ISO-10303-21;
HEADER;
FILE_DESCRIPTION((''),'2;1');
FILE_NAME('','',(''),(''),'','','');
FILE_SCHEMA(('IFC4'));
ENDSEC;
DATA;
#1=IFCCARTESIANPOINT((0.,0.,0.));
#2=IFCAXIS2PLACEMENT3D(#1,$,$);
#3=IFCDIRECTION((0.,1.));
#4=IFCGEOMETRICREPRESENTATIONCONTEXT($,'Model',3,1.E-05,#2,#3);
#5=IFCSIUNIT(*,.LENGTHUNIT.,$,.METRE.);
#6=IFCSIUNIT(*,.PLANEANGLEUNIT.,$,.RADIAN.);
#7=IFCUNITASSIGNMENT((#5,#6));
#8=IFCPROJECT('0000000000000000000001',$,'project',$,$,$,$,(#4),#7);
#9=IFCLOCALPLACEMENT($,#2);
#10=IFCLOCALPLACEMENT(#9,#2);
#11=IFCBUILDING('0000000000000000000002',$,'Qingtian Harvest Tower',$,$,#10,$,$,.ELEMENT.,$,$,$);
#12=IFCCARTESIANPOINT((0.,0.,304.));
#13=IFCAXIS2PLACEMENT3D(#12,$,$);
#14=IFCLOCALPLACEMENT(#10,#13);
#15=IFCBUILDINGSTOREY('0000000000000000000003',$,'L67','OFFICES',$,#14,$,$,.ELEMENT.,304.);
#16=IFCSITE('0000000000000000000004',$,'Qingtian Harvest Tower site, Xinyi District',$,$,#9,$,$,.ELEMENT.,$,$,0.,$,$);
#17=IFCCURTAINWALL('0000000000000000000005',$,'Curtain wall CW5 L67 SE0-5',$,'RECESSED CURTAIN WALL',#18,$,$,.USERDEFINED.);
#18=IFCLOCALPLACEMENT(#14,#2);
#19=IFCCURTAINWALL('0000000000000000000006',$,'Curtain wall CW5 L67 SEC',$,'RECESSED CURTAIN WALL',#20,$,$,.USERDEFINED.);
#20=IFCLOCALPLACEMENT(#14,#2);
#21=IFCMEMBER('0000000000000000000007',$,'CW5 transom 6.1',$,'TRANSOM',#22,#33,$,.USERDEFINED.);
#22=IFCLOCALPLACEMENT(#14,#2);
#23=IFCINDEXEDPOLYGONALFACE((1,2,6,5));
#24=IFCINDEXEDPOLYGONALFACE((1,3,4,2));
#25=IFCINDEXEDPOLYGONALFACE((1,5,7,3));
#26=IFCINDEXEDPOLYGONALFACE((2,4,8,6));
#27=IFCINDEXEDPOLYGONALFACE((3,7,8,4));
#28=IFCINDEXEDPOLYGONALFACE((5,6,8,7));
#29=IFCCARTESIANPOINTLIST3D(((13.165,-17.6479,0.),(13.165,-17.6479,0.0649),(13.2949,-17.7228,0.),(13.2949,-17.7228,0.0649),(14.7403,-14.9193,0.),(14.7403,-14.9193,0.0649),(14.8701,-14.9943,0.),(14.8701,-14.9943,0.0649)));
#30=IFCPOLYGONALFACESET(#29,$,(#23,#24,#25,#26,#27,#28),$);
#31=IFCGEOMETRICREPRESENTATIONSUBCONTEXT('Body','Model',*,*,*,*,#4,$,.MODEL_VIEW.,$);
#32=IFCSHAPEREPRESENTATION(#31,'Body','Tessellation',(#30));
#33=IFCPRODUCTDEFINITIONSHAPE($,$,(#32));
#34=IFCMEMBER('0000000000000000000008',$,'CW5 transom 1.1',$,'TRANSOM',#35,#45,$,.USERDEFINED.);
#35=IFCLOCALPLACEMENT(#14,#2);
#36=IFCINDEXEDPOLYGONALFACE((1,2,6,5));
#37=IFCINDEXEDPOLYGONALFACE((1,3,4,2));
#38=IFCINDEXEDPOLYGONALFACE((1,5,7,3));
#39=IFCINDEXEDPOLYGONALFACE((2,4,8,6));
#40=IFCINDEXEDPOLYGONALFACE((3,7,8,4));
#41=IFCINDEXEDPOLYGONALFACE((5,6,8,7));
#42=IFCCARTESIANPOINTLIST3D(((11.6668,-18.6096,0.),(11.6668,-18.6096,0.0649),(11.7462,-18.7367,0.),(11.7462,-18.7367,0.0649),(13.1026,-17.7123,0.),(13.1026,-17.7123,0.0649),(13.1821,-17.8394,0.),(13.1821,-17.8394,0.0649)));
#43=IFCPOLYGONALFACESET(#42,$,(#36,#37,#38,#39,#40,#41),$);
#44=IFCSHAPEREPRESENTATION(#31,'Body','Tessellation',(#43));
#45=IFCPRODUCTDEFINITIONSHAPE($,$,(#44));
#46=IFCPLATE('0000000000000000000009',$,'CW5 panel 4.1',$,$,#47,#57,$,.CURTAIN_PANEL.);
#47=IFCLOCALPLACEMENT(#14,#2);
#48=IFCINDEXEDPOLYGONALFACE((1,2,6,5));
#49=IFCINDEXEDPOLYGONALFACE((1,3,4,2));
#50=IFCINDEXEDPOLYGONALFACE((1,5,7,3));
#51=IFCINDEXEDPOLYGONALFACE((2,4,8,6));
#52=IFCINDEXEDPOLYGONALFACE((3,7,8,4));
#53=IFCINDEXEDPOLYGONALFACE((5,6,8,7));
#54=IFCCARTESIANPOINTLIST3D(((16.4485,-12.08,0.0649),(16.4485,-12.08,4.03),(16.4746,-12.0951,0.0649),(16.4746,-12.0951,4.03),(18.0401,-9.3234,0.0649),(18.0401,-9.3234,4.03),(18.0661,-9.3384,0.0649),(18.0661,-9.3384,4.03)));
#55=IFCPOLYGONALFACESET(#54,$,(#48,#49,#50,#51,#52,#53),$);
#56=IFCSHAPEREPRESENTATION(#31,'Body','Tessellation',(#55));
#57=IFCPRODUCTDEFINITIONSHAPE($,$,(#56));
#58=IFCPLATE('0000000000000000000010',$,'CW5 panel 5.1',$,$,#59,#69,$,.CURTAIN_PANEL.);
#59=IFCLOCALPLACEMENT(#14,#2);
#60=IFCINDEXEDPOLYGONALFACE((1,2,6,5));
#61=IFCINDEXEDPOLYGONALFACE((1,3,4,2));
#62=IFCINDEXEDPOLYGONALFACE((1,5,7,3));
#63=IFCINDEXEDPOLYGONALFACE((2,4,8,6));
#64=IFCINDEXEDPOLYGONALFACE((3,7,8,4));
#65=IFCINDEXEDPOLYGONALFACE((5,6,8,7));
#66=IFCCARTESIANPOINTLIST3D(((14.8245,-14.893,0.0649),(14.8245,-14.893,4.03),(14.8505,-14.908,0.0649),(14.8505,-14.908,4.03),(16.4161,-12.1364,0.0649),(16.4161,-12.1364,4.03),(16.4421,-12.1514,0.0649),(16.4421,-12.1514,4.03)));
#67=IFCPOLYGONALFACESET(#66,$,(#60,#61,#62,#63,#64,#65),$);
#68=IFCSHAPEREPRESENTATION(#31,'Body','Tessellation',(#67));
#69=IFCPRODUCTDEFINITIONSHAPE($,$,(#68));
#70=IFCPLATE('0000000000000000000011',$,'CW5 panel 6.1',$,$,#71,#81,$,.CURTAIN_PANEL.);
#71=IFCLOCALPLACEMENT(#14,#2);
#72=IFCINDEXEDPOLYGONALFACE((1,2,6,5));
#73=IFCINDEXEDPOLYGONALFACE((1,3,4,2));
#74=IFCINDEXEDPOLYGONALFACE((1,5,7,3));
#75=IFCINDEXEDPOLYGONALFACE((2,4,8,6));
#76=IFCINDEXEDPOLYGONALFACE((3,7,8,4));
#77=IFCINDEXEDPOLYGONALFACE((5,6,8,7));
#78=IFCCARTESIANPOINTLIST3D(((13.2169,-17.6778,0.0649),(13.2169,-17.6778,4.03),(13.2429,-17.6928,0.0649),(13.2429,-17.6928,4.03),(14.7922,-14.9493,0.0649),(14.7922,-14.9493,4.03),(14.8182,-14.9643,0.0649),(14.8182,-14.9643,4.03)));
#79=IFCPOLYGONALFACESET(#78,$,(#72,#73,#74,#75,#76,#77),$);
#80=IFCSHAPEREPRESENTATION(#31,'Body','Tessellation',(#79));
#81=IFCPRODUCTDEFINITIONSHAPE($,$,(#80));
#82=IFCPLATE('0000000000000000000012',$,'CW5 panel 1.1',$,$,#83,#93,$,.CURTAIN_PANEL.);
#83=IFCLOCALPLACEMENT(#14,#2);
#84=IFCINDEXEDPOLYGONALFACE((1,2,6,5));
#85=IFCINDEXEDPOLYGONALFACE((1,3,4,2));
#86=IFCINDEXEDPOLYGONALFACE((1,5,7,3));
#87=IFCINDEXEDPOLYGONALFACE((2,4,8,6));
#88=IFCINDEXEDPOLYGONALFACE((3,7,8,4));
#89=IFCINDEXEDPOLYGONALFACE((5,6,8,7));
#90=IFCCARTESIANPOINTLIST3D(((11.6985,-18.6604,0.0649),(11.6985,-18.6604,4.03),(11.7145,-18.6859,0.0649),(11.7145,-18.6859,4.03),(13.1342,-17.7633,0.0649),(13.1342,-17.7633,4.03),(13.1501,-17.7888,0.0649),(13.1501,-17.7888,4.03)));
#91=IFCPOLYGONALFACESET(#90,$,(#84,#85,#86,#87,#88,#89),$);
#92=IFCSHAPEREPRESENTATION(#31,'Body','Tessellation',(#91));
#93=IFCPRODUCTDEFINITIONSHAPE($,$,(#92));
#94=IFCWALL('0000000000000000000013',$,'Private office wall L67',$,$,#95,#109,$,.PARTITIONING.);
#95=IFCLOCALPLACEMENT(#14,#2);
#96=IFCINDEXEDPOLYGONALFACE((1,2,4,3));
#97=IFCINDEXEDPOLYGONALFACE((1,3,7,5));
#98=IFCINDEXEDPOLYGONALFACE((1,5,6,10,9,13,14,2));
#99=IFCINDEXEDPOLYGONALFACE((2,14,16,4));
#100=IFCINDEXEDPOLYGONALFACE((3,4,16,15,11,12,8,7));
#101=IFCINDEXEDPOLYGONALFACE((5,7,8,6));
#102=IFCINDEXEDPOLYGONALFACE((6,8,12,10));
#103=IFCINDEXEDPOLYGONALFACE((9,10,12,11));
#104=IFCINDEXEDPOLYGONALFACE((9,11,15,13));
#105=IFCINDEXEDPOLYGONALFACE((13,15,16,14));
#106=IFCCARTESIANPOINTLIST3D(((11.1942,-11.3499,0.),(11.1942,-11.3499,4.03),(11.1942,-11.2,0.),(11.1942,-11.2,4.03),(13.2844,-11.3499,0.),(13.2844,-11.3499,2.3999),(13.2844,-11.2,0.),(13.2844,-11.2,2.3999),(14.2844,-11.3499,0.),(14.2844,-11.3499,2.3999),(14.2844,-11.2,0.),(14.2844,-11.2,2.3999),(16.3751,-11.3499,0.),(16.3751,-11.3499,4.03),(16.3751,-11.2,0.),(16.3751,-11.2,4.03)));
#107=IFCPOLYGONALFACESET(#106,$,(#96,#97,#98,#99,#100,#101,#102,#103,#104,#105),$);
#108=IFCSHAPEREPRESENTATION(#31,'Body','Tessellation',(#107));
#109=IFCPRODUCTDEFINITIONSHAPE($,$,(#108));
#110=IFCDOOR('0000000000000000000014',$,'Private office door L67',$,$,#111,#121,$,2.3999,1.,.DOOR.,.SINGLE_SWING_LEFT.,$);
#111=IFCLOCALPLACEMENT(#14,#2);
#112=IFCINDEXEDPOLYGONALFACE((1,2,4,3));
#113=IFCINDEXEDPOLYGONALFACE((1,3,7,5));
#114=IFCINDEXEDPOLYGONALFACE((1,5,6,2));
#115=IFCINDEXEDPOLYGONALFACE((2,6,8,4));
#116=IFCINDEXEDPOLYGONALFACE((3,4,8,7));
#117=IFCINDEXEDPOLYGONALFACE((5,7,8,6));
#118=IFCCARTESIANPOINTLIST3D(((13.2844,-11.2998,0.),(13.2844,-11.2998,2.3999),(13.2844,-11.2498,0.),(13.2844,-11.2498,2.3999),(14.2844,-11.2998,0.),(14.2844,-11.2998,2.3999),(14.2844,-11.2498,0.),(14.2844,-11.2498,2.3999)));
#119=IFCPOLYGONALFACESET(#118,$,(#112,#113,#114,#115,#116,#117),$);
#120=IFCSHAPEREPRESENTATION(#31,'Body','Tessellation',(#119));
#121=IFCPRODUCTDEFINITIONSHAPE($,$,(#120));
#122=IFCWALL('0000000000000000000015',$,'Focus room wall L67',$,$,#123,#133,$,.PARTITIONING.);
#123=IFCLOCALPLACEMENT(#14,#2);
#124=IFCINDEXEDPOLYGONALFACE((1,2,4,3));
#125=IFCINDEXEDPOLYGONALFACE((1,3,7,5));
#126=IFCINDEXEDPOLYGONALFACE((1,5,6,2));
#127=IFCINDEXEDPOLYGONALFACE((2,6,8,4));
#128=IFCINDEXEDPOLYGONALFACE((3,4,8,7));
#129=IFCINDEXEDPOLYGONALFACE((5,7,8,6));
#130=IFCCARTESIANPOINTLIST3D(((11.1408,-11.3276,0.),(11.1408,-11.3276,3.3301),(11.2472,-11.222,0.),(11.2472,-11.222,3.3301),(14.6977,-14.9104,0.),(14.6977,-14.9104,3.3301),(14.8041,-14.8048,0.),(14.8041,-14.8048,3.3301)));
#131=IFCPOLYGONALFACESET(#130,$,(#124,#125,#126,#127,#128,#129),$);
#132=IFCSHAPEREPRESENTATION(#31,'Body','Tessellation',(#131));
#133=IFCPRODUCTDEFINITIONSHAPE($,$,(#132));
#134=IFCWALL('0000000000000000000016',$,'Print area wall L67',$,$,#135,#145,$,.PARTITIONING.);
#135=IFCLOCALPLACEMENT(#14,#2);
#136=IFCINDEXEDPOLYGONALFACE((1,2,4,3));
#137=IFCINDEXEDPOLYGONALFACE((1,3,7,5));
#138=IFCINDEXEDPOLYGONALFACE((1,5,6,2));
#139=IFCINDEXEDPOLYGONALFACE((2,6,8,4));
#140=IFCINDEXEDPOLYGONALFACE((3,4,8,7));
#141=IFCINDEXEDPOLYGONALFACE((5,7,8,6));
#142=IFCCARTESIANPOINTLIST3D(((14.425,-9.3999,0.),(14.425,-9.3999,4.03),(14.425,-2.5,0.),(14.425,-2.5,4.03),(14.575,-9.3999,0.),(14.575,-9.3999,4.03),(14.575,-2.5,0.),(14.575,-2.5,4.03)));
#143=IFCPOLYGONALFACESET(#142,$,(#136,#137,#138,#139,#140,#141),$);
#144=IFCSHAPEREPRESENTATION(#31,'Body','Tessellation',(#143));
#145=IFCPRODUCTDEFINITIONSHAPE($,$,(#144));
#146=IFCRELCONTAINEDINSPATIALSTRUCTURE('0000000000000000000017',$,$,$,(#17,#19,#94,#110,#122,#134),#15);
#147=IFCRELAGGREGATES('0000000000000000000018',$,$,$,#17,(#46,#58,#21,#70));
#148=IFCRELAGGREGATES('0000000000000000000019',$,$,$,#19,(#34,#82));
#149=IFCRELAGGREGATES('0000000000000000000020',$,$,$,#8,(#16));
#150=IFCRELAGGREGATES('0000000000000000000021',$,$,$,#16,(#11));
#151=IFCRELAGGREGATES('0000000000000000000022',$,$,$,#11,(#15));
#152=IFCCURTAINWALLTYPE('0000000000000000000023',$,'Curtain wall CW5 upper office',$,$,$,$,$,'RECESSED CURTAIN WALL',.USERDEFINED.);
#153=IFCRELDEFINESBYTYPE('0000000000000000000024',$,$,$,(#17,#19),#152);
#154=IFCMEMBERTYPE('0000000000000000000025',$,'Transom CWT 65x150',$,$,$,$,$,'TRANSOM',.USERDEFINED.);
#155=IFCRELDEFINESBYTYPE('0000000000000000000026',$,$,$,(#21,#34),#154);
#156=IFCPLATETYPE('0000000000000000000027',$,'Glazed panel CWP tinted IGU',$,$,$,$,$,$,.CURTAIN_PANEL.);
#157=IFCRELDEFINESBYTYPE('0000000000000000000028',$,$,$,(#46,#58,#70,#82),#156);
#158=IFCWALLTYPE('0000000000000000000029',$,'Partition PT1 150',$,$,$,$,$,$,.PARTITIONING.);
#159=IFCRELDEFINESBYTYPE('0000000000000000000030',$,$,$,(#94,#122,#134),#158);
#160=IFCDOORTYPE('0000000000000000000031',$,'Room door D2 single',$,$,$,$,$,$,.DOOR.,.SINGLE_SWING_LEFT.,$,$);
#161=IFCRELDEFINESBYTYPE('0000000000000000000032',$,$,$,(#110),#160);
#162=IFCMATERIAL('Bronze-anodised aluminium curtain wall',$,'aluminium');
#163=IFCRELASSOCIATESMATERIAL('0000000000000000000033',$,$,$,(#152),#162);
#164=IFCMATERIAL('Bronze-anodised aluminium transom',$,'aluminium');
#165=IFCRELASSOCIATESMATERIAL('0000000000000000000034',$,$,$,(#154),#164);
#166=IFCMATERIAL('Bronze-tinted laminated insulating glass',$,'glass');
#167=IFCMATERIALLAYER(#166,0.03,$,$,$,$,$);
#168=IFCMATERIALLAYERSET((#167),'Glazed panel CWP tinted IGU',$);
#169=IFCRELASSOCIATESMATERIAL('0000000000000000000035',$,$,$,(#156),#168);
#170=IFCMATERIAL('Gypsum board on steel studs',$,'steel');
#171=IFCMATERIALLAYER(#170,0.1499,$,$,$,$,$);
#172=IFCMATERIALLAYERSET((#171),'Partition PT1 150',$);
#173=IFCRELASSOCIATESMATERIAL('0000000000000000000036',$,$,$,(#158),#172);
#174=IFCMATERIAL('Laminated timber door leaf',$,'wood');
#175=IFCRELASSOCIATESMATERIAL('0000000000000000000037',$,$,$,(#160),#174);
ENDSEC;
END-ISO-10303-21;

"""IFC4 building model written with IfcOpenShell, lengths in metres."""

from ifc_helpers import new_model, si_unit, direction, frame, frame_2d, origin, origin_2d, place, context, subcontext, project, spatial, rectangle, extrude, material, layer, layer_set, material_profile, profile_set, type_object, element, fill, aggregate, save


model = new_model("IFC4")

# Units and contexts
model_context = context("Model", 3, precision=1e-05, world=origin(), true_north=direction((0.0, 1.0)))
body_context = subcontext(model_context, "Body", "Model", "MODEL_VIEW")
ifc_project = project(units=[si_unit("LENGTHUNIT", "METRE"), si_unit("PLANEANGLEUNIT", "RADIAN")], contexts=[model_context])

# Site, building, storey
site_placement = place(None, origin())
site = spatial("IfcSite", under=ifc_project, at=site_placement, Name="Qingtian Harvest Tower site, Xinyi District", CompositionType="ELEMENT", RefElevation=0.0)
building_placement = place(site_placement, origin())
building = spatial("IfcBuilding", under=site, at=building_placement, Name="Qingtian Harvest Tower", CompositionType="ELEMENT")
storey_placement = place(building_placement, frame((0.0, 0.0, 304.0)))
storey = spatial("IfcBuildingStorey", under=building, at=storey_placement, Name="L67", Description="OFFICES", CompositionType="ELEMENT", Elevation=304.0)

# Curtain wall
ifc_material_1 = material(Name="Bronze-anodised aluminium curtain wall", Category="aluminium")
curtain_wall_type = type_object("IfcCurtainWallType", Name="Curtain wall CW5 upper office", ElementType="RECESSED CURTAIN WALL", PredefinedType="USERDEFINED", material=ifc_material_1)
curtain_wall_1_placement = place(storey_placement, origin())
curtain_wall_1 = element("IfcCurtainWall", 1, at=curtain_wall_1_placement, inside=storey, type_object=curtain_wall_type, Name="Curtain wall CW5 L67 SE0-5", ObjectType="RECESSED CURTAIN WALL", PredefinedType="USERDEFINED")

# Curtain wall
curtain_wall_2_placement = place(storey_placement, origin())
curtain_wall_2 = element("IfcCurtainWall", 2, at=curtain_wall_2_placement, inside=storey, type_object=curtain_wall_type, Name="Curtain wall CW5 L67 SEC", ObjectType="RECESSED CURTAIN WALL", PredefinedType="USERDEFINED")

# Members
ifc_material_2 = material(Name="Bronze-anodised aluminium transom", Category="aluminium")
ifc_material_profile_1 = material_profile(ifc_material_2, rectangle(XDim=0.1499, YDim=0.0649, at=origin_2d()), Name="AL 65x150")
ifc_profile_set_1 = profile_set([ifc_material_profile_1], Name="Bronze-anodised aluminium transom")
member_type_1 = type_object("IfcMemberType", Name="Transom CWT 65x150", ElementType="TRANSOM", PredefinedType="USERDEFINED", material=ifc_profile_set_1)
member_1_placement = place(storey_placement, frame((14.8052, -14.9568, 0.0325), z_axis=(-0.499973, -0.866041, 0.0), x_axis=(0.866041, -0.499973, 0.0)))
member_1 = element("IfcMember", 3, at=member_1_placement, type_object=member_type_1, Name="CW5 transom 6.1", ObjectType="TRANSOM", PredefinedType="USERDEFINED", context=body_context, shape_type="SweptSolid", body=[
    extrude(rectangle(XDim=0.1499, YDim=0.0649, at=origin_2d()), origin(), (0.0, 0.0, 1.0), 3.1506),
])
member_2_placement = place(storey_placement, frame((13.1423, -17.7759, 0.0325), z_axis=(-0.848039, -0.529934, 0.0), x_axis=(0.529934, -0.848039, 0.0)))
member_2 = element("IfcMember", 4, at=member_2_placement, type_object=member_type_1, Name="CW5 transom 1.1", ObjectType="TRANSOM", PredefinedType="USERDEFINED", context=body_context, shape_type="SweptSolid", body=[
    extrude(rectangle(XDim=0.1499, YDim=0.0649, at=origin_2d()), origin(), (0.0, 0.0, 1.0), 1.6931),
])

# Plates
ifc_material_3 = material(Name="Bronze-tinted laminated insulating glass", Category="glass")
ifc_layer_1 = layer(ifc_material_3, 0.03)
ifc_layer_set_1 = layer_set([ifc_layer_1], Name="Glazed panel CWP tinted IGU")
plate_type = type_object("IfcPlateType", Name="Glazed panel CWP tinted IGU", PredefinedType="CURTAIN_PANEL", material=ifc_layer_set_1)
plate_1_placement = place(storey_placement, frame((17.2573, -10.7092, 0.0649), z_axis=(0.0, 0.0, 1.0), x_axis=(-0.5, -0.866025, 0.0)))
plate_1 = element("IfcPlate", 5, at=plate_1_placement, type_object=plate_type, Name="CW5 panel 4.1", PredefinedType="CURTAIN_PANEL", context=body_context, shape_type="SweptSolid", body=[
    extrude(rectangle(XDim=3.1831, YDim=0.03, at=origin_2d()), origin(), (0.0, 0.0, 1.0), 3.9651),
])
plate_2_placement = place(storey_placement, frame((15.6333, -13.5222, 0.0649), z_axis=(0.0, 0.0, 1.0), x_axis=(-0.5, -0.866025, 0.0)))
plate_2 = element("IfcPlate", 6, at=plate_2_placement, type_object=plate_type, Name="CW5 panel 5.1", PredefinedType="CURTAIN_PANEL", context=body_context, shape_type="SweptSolid", body=[
    extrude(rectangle(XDim=3.1831, YDim=0.03, at=origin_2d()), origin(), (0.0, 0.0, 1.0), 3.9651),
])
plate_3_placement = place(storey_placement, frame((14.0176, -16.321, 0.0649), z_axis=(0.0, 0.0, 1.0), x_axis=(-0.5, -0.866025, 0.0)))
plate_3 = element("IfcPlate", 7, at=plate_3_placement, type_object=plate_type, Name="CW5 panel 6.1", PredefinedType="CURTAIN_PANEL", context=body_context, shape_type="SweptSolid", body=[
    extrude(rectangle(XDim=3.1506, YDim=0.03, at=origin_2d()), origin(), (0.0, 0.0, 1.0), 3.9651),
])
aggregate(curtain_wall_1, [plate_1, plate_2, member_1, plate_3])
plate_4_placement = place(storey_placement, frame((12.4243, -18.2246, 0.0649), z_axis=(0.0, 0.0, 1.0), x_axis=(-0.848048, -0.529919, 0.0)))
plate_4 = element("IfcPlate", 8, at=plate_4_placement, type_object=plate_type, Name="CW5 panel 1.1", PredefinedType="CURTAIN_PANEL", context=body_context, shape_type="SweptSolid", body=[
    extrude(rectangle(XDim=1.6929, YDim=0.03, at=origin_2d()), origin(), (0.0, 0.0, 1.0), 3.9651),
])
aggregate(curtain_wall_2, [member_2, plate_4])

# Wall, opening, door
ifc_material_4 = material(Name="Gypsum board on steel studs", Category="steel")
ifc_layer_2 = layer(ifc_material_4, 0.1499)
ifc_layer_set_2 = layer_set([ifc_layer_2], Name="Partition PT1 150")
wall_type = type_object("IfcWallType", Name="Partition PT1 150", PredefinedType="PARTITIONING", material=ifc_layer_set_2)
wall_1_placement = place(storey_placement, frame((16.375, -11.2749, 0.0), z_axis=(0.0, 0.0, 1.0), x_axis=(-1.0, 0.0, 0.0)))
wall_1 = element("IfcWall", 9, at=wall_1_placement, inside=storey, type_object=wall_type, Name="Private office wall L67", PredefinedType="PARTITIONING", context=body_context, shape_type="SweptSolid", body=[
    extrude(rectangle(XDim=5.1809, YDim=0.1499, at=frame_2d((2.5903, 0.0))), origin(), (0.0, 0.0, 1.0), 4.03),
])
opening_placement = place(wall_1_placement, frame((2.0906, 0.0, 0.0)))
opening = element("IfcOpeningElement", 10, at=opening_placement, cuts=wall_1, PredefinedType="OPENING", context=body_context, shape_type="SweptSolid", body=[
    extrude(rectangle(XDim=1.0, YDim=2.3999, at=frame_2d((0.5, 1.2))), frame((0.0, 0.085, 0.0), z_axis=(0.0, -1.0, 0.0), x_axis=(1.0, 0.0, 0.0)), (0.0, 0.0, 1.0), 0.1699),
])
ifc_material_5 = material(Name="Laminated timber door leaf", Category="wood")
door_type = type_object("IfcDoorType", Name="Room door D2 single", OperationType="SINGLE_SWING_LEFT", PredefinedType="DOOR", material=ifc_material_5)
door_placement = place(opening_placement, origin())
door = element("IfcDoor", 11, at=door_placement, inside=storey, type_object=door_type, Name="Private office door L67", OperationType="SINGLE_SWING_LEFT", OverallHeight=2.3999, OverallWidth=1.0, PredefinedType="DOOR", context=body_context, shape_type="SweptSolid", body=[
    extrude(rectangle(XDim=1.0, YDim=2.3999, at=frame_2d((0.5, 1.2))), frame((0.0, 0.0249, 0.0), z_axis=(0.0, -1.0, 0.0), x_axis=(1.0, 0.0, 0.0)), (0.0, 0.0, 1.0), 0.05),
])
fill(opening, door)

# Walls
wall_2_placement = place(storey_placement, frame((14.751, -14.8577, 0.0), z_axis=(0.0, 0.0, 1.0), x_axis=(-0.704539, 0.709665, 0.0)))
element("IfcWall", 12, at=wall_2_placement, inside=storey, type_object=wall_type, Name="Focus room wall L67", PredefinedType="PARTITIONING", context=body_context, shape_type="SweptSolid", body=[
    extrude(rectangle(XDim=5.0486, YDim=0.1499, at=frame_2d((2.5244, 0.0))), origin(), (0.0, 0.0, 1.0), 3.3301),
])
wall_3_placement = place(storey_placement, frame((14.5, -9.3999, 0.0), z_axis=(0.0, 0.0, 1.0), x_axis=(0.0, 1.0, 0.0)))
element("IfcWall", 13, at=wall_3_placement, inside=storey, type_object=wall_type, Name="Print area wall L67", PredefinedType="PARTITIONING", context=body_context, shape_type="SweptSolid", body=[
    extrude(rectangle(XDim=6.8999, YDim=0.1499, at=frame_2d((3.45, 0.0))), origin(), (0.0, 0.0, 1.0), 4.03),
])

save(model, "model.ifc")
